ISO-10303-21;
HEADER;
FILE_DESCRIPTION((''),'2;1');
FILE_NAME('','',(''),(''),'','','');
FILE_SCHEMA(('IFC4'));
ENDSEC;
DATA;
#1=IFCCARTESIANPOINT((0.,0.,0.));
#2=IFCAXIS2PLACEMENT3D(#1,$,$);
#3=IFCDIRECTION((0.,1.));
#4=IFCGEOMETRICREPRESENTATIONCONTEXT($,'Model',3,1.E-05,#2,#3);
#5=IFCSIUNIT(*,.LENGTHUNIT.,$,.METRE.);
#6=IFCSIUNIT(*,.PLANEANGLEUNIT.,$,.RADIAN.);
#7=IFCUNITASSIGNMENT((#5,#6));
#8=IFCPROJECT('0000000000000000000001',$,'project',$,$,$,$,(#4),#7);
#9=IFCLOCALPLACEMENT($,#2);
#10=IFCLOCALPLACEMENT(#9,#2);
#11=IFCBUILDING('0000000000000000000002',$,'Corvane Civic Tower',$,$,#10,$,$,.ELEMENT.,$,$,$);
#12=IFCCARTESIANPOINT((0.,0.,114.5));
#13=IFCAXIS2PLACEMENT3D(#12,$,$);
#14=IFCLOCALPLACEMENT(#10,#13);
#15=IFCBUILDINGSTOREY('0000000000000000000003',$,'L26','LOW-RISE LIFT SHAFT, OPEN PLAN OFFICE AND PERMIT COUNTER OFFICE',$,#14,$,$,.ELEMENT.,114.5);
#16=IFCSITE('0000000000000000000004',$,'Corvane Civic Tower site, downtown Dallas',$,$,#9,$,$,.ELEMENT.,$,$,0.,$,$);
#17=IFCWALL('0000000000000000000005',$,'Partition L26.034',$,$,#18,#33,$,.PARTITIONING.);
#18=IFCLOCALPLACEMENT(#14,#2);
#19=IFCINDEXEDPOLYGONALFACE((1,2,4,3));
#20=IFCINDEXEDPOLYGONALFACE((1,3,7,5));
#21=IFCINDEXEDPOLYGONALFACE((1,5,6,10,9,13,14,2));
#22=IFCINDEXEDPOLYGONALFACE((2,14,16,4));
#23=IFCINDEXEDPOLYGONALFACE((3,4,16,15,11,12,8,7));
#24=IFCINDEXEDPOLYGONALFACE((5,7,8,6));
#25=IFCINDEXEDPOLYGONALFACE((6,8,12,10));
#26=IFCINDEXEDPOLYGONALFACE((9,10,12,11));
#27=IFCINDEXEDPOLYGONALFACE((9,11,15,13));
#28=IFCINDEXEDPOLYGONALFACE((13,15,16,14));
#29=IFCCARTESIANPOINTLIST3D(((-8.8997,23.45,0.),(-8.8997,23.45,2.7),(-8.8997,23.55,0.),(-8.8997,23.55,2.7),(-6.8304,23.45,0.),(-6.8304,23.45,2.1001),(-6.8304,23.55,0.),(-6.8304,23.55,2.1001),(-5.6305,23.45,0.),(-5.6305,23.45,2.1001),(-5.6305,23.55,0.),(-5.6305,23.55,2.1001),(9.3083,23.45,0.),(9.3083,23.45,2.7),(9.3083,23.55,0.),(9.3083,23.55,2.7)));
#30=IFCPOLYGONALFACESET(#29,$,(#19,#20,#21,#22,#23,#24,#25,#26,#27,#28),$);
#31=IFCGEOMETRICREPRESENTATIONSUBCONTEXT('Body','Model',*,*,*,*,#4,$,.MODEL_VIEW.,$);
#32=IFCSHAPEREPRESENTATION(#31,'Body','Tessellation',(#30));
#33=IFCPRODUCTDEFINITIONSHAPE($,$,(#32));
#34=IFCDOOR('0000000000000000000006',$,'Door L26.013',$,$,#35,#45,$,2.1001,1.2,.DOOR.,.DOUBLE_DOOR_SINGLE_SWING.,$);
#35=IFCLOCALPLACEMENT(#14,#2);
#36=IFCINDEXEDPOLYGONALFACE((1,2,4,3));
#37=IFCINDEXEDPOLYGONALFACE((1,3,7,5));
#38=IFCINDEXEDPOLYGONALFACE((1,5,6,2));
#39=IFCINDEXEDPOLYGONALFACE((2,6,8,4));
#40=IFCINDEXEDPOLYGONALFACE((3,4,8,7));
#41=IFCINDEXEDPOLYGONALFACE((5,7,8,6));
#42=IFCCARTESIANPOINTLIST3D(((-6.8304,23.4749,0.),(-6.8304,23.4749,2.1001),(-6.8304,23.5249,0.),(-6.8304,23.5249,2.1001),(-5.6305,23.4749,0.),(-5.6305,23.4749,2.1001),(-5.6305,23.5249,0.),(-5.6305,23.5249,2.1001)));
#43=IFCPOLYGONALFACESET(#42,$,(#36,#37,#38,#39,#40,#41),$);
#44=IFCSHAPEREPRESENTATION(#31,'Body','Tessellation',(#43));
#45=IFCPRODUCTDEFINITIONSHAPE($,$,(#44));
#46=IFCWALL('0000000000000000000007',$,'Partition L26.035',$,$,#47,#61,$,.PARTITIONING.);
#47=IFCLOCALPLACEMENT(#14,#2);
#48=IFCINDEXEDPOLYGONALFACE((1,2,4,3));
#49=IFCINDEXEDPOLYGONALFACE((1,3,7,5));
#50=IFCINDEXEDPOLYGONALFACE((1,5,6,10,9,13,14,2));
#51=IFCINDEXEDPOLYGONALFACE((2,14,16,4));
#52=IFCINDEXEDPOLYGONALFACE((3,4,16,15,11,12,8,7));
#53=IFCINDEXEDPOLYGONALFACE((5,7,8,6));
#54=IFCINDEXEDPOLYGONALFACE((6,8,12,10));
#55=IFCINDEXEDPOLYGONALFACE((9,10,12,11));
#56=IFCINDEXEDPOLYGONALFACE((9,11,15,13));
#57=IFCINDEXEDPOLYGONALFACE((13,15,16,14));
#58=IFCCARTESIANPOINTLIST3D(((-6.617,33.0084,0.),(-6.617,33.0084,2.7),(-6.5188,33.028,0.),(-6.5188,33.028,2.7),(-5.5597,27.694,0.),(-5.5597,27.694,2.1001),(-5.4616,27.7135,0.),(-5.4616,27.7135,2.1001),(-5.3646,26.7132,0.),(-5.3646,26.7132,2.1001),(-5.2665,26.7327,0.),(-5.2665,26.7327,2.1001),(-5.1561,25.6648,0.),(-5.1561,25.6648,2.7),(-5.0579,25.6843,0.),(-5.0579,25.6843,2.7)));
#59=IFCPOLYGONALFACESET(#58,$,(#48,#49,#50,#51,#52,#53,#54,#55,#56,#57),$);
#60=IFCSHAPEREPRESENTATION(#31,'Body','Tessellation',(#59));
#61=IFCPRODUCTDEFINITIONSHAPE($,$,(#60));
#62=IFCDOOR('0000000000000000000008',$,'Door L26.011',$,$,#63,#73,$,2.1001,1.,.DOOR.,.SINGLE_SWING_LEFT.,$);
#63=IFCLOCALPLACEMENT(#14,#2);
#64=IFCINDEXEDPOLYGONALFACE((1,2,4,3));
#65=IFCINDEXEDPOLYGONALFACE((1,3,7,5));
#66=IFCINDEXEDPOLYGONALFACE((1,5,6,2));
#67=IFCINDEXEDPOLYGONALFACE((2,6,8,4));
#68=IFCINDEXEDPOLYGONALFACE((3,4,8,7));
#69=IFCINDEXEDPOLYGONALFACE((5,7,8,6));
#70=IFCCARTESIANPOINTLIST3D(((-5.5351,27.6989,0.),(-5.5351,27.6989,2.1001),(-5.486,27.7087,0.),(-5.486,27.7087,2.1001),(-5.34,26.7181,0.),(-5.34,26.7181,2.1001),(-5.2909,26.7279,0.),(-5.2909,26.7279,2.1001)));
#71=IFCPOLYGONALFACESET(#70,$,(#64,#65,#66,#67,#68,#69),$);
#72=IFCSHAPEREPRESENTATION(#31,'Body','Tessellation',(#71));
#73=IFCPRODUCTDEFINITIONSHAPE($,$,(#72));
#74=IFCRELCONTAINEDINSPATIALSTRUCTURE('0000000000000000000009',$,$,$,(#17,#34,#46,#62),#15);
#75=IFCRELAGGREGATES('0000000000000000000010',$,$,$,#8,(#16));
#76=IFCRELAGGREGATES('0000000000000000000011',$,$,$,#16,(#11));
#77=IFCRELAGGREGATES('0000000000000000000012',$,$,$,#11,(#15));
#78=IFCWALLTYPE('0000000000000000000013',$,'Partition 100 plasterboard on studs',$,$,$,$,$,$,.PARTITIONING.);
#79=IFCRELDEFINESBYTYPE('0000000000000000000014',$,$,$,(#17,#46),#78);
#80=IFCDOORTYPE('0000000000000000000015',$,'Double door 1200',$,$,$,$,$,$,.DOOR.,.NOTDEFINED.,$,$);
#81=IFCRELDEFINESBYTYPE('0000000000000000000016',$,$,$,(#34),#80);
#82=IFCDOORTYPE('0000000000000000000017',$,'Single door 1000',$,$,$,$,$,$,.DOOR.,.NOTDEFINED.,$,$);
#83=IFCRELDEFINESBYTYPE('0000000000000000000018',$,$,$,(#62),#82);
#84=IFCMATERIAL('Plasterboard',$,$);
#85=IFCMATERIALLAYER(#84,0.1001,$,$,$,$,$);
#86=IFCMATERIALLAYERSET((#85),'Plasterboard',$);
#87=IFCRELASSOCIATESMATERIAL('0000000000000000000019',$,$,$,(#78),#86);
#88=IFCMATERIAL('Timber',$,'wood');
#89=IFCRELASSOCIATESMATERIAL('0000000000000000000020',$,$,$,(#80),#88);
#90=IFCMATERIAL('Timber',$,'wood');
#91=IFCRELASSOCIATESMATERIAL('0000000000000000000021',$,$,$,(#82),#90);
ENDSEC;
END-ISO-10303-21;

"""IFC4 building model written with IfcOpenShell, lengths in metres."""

from ifc_helpers import new_model, si_unit, direction, frame, frame_2d, origin, place, context, subcontext, project, spatial, rectangle, extrude, material, layer, layer_set, type_object, element, fill, save


model = new_model("IFC4")

# Units and contexts
model_context = context("Model", 3, precision=1e-05, world=origin(), true_north=direction((0.0, 1.0)))
body_context = subcontext(model_context, "Body", "Model", "MODEL_VIEW")
ifc_project = project(units=[si_unit("LENGTHUNIT", "METRE"), si_unit("PLANEANGLEUNIT", "RADIAN")], contexts=[model_context])

# Site, building, storey
site_placement = place(None, origin())
site = spatial("IfcSite", under=ifc_project, at=site_placement, Name="Corvane Civic Tower site, downtown Dallas", CompositionType="ELEMENT", RefElevation=0.0)
building_placement = place(site_placement, origin())
building = spatial("IfcBuilding", under=site, at=building_placement, Name="Corvane Civic Tower", CompositionType="ELEMENT")
storey_placement = place(building_placement, frame((0.0, 0.0, 114.5)))
storey = spatial("IfcBuildingStorey", under=building, at=storey_placement, Name="L26", Description="LOW-RISE LIFT SHAFT, OPEN PLAN OFFICE AND PERMIT COUNTER OFFICE", CompositionType="ELEMENT", Elevation=114.5)

# Shared definitions
ifc_material_1 = material(Name="Plasterboard")
ifc_layer_1 = layer(ifc_material_1, 0.1001)
ifc_layer_set_1 = layer_set([ifc_layer_1], Name="Plasterboard")
wall_type_1 = type_object("IfcWallType", Name="Partition 100 plasterboard on studs", PredefinedType="PARTITIONING", material=ifc_layer_set_1)

# Walls, openings, doors
wall_1_placement = place(storey_placement, frame((-8.8997, 23.5, 0.0), z_axis=(0.0, 0.0, 1.0), x_axis=(1.0, 0.0, 0.0)))
wall_1 = element("IfcWall", 1, at=wall_1_placement, inside=storey, type_object=wall_type_1, Name="Partition L26.034", PredefinedType="PARTITIONING", context=body_context, shape_type="SweptSolid", body=[
    extrude(rectangle(XDim=18.208, YDim=0.1001, at=frame_2d((9.104, 0.0))), origin(), (0.0, 0.0, 1.0), 2.7),
])
opening_1_placement = place(wall_1_placement, frame((2.0691, 0.0, 0.0)))
opening_1 = element("IfcOpeningElement", 2, at=opening_1_placement, cuts=wall_1, PredefinedType="OPENING", context=body_context, shape_type="SweptSolid", body=[
    extrude(rectangle(XDim=1.2, YDim=2.1001, at=frame_2d((0.6001, 1.05))), frame((0.0, 0.0601, 0.0), z_axis=(0.0, -1.0, 0.0), x_axis=(1.0, 0.0, 0.0)), (0.0, 0.0, 1.0), 0.1201),
])
ifc_material_2 = material(Name="Timber", Category="wood")
door_type_1 = type_object("IfcDoorType", Name="Double door 1200", OperationType="NOTDEFINED", PredefinedType="DOOR", material=ifc_material_2)
door_1_placement = place(opening_1_placement, origin())
door_1 = element("IfcDoor", 3, at=door_1_placement, inside=storey, type_object=door_type_1, Name="Door L26.013", OperationType="DOUBLE_DOOR_SINGLE_SWING", OverallHeight=2.1001, OverallWidth=1.2, PredefinedType="DOOR", context=body_context, shape_type="SweptSolid", body=[
    extrude(rectangle(XDim=1.2, YDim=2.1001, at=frame_2d((0.6001, 1.05))), frame((0.0, 0.0249, 0.0), z_axis=(0.0, -1.0, 0.0), x_axis=(1.0, 0.0, 0.0)), (0.0, 0.0, 1.0), 0.05),
])
fill(opening_1, door_1)
wall_2_placement = place(storey_placement, frame((-6.5679, 33.0181, 0.0), z_axis=(0.0, 0.0, 1.0), x_axis=(0.195113, -0.980781, 0.0)))
wall_2 = element("IfcWall", 4, at=wall_2_placement, inside=storey, type_object=wall_type_1, Name="Partition L26.035", PredefinedType="PARTITIONING", context=body_context, shape_type="SweptSolid", body=[
    extrude(rectangle(XDim=7.4875, YDim=0.1001, at=frame_2d((3.7437, 0.0))), origin(), (0.0, 0.0, 1.0), 2.7),
])
opening_2_placement = place(wall_2_placement, frame((5.4185, 0.0, 0.0)))
opening_2 = element("IfcOpeningElement", 5, at=opening_2_placement, cuts=wall_2, PredefinedType="OPENING", context=body_context, shape_type="SweptSolid", body=[
    extrude(rectangle(XDim=1.0, YDim=2.1001, at=frame_2d((0.5, 1.05))), frame((0.0, 0.0601, 0.0), z_axis=(0.0, -1.0, 0.0), x_axis=(1.0, 0.0, 0.0)), (0.0, 0.0, 1.0), 0.1201),
])
ifc_material_3 = material(Name="Timber", Category="wood")
door_type_2 = type_object("IfcDoorType", Name="Single door 1000", OperationType="NOTDEFINED", PredefinedType="DOOR", material=ifc_material_3)
door_2_placement = place(opening_2_placement, frame((1.0, 0.0, 0.0), z_axis=(0.0, 0.0, 1.0), x_axis=(-1.0, 0.0, 0.0)))
door_2 = element("IfcDoor", 6, at=door_2_placement, inside=storey, type_object=door_type_2, Name="Door L26.011", OperationType="SINGLE_SWING_LEFT", OverallHeight=2.1001, OverallWidth=1.0, PredefinedType="DOOR", context=body_context, shape_type="SweptSolid", body=[
    extrude(rectangle(XDim=1.0, YDim=2.1001, at=frame_2d((0.5, 1.05))), frame((0.0, 0.0249, 0.0), z_axis=(0.0, -1.0, 0.0), x_axis=(1.0, 0.0, 0.0)), (0.0, 0.0, 1.0), 0.05),
])
fill(opening_2, door_2)

save(model, "model.ifc")
